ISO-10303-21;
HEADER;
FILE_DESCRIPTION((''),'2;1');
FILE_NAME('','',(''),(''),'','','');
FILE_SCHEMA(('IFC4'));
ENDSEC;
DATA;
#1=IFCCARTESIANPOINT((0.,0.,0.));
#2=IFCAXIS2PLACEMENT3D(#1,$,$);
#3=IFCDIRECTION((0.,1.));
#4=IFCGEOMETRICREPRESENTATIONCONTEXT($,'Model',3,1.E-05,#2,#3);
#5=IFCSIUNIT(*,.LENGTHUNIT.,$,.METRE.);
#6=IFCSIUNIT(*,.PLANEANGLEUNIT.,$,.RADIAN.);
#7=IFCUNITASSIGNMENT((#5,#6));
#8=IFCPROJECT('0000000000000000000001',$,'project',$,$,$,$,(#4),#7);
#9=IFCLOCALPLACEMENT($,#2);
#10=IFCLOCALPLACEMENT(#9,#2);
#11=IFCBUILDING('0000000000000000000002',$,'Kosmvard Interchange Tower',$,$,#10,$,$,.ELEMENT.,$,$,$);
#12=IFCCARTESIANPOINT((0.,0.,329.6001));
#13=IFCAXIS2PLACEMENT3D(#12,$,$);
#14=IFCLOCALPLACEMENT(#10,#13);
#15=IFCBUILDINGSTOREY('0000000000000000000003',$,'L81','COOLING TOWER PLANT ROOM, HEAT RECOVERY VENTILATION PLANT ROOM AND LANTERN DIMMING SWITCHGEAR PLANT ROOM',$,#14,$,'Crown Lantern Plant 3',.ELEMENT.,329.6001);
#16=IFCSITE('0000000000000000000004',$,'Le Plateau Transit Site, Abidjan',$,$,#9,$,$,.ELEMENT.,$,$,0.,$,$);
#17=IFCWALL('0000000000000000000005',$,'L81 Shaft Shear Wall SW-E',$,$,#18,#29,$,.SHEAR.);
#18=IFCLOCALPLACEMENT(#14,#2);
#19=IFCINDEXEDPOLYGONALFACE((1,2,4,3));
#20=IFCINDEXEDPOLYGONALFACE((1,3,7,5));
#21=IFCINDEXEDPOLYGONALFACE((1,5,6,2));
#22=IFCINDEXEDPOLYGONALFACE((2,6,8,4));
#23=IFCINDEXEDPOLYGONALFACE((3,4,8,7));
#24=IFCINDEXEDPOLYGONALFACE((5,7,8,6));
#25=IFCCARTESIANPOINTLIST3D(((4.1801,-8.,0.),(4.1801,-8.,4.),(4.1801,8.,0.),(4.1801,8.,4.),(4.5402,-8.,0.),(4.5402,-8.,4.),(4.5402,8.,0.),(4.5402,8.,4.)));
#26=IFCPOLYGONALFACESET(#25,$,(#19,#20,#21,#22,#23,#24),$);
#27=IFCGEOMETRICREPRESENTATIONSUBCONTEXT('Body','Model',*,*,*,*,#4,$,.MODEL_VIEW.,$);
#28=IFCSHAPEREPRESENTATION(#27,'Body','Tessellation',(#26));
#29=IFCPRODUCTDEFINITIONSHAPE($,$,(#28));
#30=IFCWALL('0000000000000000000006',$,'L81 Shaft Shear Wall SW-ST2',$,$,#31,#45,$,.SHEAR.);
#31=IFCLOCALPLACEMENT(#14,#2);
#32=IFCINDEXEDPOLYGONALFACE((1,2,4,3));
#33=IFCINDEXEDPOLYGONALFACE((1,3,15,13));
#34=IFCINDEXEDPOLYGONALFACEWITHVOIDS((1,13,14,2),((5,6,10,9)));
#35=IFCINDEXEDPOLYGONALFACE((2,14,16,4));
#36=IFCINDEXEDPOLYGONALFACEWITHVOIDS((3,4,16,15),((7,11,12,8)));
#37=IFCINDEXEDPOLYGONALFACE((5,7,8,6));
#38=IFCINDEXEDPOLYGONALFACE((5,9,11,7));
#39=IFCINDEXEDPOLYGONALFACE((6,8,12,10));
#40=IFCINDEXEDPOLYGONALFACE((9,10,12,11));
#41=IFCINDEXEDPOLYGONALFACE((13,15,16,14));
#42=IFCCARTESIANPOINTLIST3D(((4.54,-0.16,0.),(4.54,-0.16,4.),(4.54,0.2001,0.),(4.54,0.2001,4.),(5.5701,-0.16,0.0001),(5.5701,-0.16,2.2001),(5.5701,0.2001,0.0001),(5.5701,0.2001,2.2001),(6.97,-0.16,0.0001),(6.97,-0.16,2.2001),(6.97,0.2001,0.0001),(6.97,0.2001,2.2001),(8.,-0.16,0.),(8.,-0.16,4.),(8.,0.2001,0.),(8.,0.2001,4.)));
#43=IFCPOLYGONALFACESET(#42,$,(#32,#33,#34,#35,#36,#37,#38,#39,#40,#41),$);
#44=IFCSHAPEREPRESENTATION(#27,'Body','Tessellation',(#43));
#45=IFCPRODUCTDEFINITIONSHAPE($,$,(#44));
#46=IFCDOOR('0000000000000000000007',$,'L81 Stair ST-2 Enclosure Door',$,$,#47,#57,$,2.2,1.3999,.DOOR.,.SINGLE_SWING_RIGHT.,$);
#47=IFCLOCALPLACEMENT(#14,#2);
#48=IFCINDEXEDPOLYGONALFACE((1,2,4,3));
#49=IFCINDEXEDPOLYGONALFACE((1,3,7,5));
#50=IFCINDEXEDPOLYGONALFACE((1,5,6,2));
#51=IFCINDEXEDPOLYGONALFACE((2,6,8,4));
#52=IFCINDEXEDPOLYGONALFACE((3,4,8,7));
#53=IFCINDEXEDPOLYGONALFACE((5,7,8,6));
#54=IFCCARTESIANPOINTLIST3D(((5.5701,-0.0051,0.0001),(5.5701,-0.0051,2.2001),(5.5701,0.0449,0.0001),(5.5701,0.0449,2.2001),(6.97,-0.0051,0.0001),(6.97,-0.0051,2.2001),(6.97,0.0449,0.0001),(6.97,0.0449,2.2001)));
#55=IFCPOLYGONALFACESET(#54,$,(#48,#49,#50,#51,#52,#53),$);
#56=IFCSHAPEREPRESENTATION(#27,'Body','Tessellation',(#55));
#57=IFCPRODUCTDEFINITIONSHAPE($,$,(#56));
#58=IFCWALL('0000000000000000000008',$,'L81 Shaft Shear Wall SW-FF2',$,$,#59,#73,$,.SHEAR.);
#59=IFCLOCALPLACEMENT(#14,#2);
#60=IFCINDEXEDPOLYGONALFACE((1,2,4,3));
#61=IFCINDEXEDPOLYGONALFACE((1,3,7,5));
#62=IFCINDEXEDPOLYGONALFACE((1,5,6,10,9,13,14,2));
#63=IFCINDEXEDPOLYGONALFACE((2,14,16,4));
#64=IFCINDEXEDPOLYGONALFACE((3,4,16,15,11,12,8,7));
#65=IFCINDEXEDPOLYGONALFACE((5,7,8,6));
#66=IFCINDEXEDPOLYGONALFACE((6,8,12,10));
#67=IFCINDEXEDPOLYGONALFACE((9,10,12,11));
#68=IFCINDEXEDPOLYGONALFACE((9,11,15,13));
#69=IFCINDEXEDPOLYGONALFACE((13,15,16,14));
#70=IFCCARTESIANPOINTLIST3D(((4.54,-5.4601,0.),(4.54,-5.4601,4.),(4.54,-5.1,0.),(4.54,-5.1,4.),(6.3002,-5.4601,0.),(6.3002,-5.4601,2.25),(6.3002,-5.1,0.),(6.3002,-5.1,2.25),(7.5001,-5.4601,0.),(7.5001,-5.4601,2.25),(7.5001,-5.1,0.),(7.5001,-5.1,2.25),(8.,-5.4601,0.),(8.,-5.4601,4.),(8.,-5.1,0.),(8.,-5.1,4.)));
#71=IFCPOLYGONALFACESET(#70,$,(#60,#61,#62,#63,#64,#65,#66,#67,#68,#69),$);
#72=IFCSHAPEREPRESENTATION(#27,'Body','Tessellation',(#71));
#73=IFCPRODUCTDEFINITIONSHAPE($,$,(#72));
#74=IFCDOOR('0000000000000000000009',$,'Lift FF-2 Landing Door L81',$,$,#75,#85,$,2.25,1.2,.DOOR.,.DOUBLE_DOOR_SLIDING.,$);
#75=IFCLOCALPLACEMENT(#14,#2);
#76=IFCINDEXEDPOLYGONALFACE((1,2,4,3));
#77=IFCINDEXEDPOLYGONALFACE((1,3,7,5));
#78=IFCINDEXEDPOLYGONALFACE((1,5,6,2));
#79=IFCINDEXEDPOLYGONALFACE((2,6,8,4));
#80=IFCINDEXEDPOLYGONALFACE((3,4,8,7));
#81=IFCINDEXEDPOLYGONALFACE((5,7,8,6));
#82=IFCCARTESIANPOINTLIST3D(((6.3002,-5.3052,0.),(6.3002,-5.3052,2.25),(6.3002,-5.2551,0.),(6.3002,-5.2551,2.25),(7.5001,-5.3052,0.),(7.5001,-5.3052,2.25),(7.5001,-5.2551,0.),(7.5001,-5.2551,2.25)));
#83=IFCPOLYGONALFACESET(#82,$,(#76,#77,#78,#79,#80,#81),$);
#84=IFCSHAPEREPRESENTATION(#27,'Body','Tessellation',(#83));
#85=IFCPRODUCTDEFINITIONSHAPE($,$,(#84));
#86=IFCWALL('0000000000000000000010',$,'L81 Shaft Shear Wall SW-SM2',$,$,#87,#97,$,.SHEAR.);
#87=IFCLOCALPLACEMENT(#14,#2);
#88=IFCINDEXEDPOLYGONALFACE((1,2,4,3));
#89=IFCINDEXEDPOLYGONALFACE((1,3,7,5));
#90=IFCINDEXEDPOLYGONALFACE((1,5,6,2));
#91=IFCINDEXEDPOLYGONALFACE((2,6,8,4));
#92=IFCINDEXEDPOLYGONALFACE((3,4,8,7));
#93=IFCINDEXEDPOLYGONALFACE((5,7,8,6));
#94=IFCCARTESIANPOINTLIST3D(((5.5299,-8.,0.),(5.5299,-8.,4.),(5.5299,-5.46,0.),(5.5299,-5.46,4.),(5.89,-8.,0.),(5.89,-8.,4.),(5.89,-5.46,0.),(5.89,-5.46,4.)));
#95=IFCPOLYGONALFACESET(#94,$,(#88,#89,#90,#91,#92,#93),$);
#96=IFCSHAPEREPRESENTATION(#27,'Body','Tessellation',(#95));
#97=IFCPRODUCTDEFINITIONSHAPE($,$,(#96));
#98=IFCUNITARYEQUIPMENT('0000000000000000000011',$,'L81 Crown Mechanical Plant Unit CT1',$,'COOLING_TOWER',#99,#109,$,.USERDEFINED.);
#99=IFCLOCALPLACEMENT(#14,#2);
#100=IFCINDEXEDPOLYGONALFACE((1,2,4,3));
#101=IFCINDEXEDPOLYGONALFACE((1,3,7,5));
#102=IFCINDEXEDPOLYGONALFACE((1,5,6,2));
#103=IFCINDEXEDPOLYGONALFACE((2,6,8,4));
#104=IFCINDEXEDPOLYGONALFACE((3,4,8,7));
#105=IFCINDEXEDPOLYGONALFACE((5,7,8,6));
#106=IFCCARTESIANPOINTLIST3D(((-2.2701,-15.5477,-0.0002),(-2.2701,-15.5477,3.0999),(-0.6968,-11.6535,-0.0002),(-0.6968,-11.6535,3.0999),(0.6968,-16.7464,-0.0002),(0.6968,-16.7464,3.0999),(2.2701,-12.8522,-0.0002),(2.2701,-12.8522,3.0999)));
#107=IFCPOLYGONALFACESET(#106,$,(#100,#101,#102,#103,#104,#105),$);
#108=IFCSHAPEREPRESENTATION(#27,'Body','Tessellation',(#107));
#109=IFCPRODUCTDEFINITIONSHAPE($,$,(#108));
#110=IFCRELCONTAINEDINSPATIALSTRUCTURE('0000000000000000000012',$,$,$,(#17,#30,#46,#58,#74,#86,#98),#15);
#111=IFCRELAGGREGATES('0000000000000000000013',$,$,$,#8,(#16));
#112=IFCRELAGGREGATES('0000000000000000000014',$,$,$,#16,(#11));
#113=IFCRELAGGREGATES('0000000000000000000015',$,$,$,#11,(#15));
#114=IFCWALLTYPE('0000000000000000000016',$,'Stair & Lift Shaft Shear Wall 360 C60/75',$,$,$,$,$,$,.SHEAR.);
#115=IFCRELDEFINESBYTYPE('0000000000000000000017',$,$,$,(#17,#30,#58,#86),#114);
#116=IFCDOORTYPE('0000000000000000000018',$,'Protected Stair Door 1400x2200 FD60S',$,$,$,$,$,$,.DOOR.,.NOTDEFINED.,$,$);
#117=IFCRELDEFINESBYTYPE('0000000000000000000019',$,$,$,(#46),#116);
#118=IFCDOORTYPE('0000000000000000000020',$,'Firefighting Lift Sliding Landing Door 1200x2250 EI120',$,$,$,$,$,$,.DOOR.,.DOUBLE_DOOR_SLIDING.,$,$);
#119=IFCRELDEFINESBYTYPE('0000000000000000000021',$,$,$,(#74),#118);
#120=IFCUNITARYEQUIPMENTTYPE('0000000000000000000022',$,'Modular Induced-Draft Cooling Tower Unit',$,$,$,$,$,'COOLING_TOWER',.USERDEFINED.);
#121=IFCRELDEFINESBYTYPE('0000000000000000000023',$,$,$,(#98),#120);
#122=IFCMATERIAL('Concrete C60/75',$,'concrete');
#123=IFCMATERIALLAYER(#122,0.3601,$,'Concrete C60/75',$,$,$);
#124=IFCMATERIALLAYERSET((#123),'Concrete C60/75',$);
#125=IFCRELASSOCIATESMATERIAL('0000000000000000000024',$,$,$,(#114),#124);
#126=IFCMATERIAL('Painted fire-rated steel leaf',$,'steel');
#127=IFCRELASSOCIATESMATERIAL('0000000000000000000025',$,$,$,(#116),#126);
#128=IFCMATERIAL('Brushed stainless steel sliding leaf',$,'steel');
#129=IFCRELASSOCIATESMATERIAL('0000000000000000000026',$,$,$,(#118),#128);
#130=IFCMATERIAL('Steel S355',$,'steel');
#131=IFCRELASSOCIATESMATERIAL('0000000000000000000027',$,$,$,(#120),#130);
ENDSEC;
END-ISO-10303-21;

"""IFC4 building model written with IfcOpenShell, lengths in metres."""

from ifc_helpers import new_model, si_unit, direction, frame, frame_2d, origin, origin_2d, place, context, subcontext, project, spatial, rectangle, extrude, source, transform, mapped, material, layer, layer_set, type_object, element, fill, save


model = new_model("IFC4")

# Units and contexts
model_context = context("Model", 3, precision=1e-05, world=origin(), true_north=direction((0.0, 1.0)))
body_context = subcontext(model_context, "Body", "Model", "MODEL_VIEW")
ifc_project = project(units=[si_unit("LENGTHUNIT", "METRE"), si_unit("PLANEANGLEUNIT", "RADIAN")], contexts=[model_context])

# Site, building, storey
site_placement = place(None, origin())
site = spatial("IfcSite", under=ifc_project, at=site_placement, Name="Le Plateau Transit Site, Abidjan", CompositionType="ELEMENT", RefElevation=0.0)
building_placement = place(site_placement, origin())
building = spatial("IfcBuilding", under=site, at=building_placement, Name="Kosmvard Interchange Tower", CompositionType="ELEMENT")
storey_placement = place(building_placement, frame((0.0, 0.0, 329.6001)))
storey = spatial("IfcBuildingStorey", under=building, at=storey_placement, Name="L81", Description="COOLING TOWER PLANT ROOM, HEAT RECOVERY VENTILATION PLANT ROOM AND LANTERN DIMMING SWITCHGEAR PLANT ROOM", LongName="Crown Lantern Plant 3", CompositionType="ELEMENT", Elevation=329.6001)

# Shared definitions
ifc_material_1 = material(Name="Steel S355", Category="steel")

# Shared definitions
ifc_material_2 = material(Name="Painted fire-rated steel leaf", Category="steel")

# Wall
ifc_material_3 = material(Name="Concrete C60/75", Category="concrete")
ifc_layer_1 = layer(ifc_material_3, 0.3601, Name="Concrete C60/75")
ifc_layer_set_1 = layer_set([ifc_layer_1], Name="Concrete C60/75")
wall_type_1 = type_object("IfcWallType", Name="Stair & Lift Shaft Shear Wall 360 C60/75", PredefinedType="SHEAR", material=ifc_layer_set_1)
wall_1_placement = place(storey_placement, frame((4.3601, -8.0, 0.0), z_axis=(0.0, 0.0, 1.0), x_axis=(0.0, 1.0, 0.0)))
element("IfcWall", 1, at=wall_1_placement, inside=storey, type_object=wall_type_1, Name="L81 Shaft Shear Wall SW-E", PredefinedType="SHEAR", context=body_context, shape_type="SweptSolid", body=[
    extrude(rectangle(XDim=16.0, YDim=0.3601, at=frame_2d((8.0, 0.0))), origin(), (0.0, 0.0, 1.0), 4.0),
])

# Walls, openings, doors
wall_2_placement = place(storey_placement, frame((4.54, 0.02, 0.0), z_axis=(0.0, 0.0, 1.0), x_axis=(1.0, 0.0, 0.0)))
wall_2 = element("IfcWall", 2, at=wall_2_placement, inside=storey, type_object=wall_type_1, Name="L81 Shaft Shear Wall SW-ST2", PredefinedType="SHEAR", context=body_context, shape_type="SweptSolid", body=[
    extrude(rectangle(XDim=3.46, YDim=0.3601, at=frame_2d((1.73, 0.0))), origin(), (0.0, 0.0, 1.0), 4.0),
])
opening_1_placement = place(wall_2_placement, frame((1.03, 0.0, 0.0)))
opening_1 = element("IfcOpeningElement", 3, at=opening_1_placement, cuts=wall_2, PredefinedType="OPENING", context=body_context, shape_type="SweptSolid", body=[
    extrude(rectangle(XDim=1.3999, YDim=2.2, at=frame_2d((0.7, 1.1001))), frame((0.0, 0.1899, 0.0), z_axis=(0.0, -1.0, 0.0), x_axis=(1.0, 0.0, 0.0)), (0.0, 0.0, 1.0), 0.3801),
])
door_type_1 = type_object("IfcDoorType", Name="Protected Stair Door 1400x2200 FD60S", OperationType="NOTDEFINED", PredefinedType="DOOR", material=ifc_material_2)
shared_shape_1 = source(origin(), body_context, "Body", "SweptSolid", [
    extrude(rectangle(XDim=1.3999, YDim=2.2, at=frame_2d((0.7, 1.1001))), frame((0.0, 0.0249, 0.0), z_axis=(0.0, -1.0, 0.0), x_axis=(1.0, 0.0, 0.0)), (0.0, 0.0, 1.0), 0.05),
])
door_1_placement = place(opening_1_placement, origin())
door_1 = element("IfcDoor", 4, at=door_1_placement, inside=storey, type_object=door_type_1, Name="L81 Stair ST-2 Enclosure Door", OperationType="SINGLE_SWING_RIGHT", OverallHeight=2.2, OverallWidth=1.3999, PredefinedType="DOOR", context=body_context, shape_type="MappedRepresentation", body=[
    mapped(shared_shape_1, transform((0.0, 0.0, 0.0), scale=1.0)),
])
fill(opening_1, door_1)
wall_3_placement = place(storey_placement, frame((4.54, -5.28, 0.0), z_axis=(0.0, 0.0, 1.0), x_axis=(1.0, 0.0, 0.0)))
wall_3 = element("IfcWall", 5, at=wall_3_placement, inside=storey, type_object=wall_type_1, Name="L81 Shaft Shear Wall SW-FF2", PredefinedType="SHEAR", context=body_context, shape_type="SweptSolid", body=[
    extrude(rectangle(XDim=3.46, YDim=0.3601, at=frame_2d((1.73, 0.0))), origin(), (0.0, 0.0, 1.0), 4.0),
])
opening_2_placement = place(wall_3_placement, frame((1.76, 0.0, 0.0)))
opening_2 = element("IfcOpeningElement", 6, at=opening_2_placement, cuts=wall_3, PredefinedType="OPENING", context=body_context, shape_type="SweptSolid", body=[
    extrude(rectangle(XDim=1.2, YDim=2.25, at=frame_2d((0.6001, 1.125))), frame((0.0, 0.1899, 0.0), z_axis=(0.0, -1.0, 0.0), x_axis=(1.0, 0.0, 0.0)), (0.0, 0.0, 1.0), 0.3801),
])
ifc_material_4 = material(Name="Brushed stainless steel sliding leaf", Category="steel")
door_type_2 = type_object("IfcDoorType", Name="Firefighting Lift Sliding Landing Door 1200x2250 EI120", OperationType="DOUBLE_DOOR_SLIDING", PredefinedType="DOOR", material=ifc_material_4)
shared_shape_2 = source(origin(), body_context, "Body", "SweptSolid", [
    extrude(rectangle(XDim=1.2, YDim=2.25, at=frame_2d((0.6001, 1.125))), frame((0.0, 0.0249, 0.0), z_axis=(0.0, -1.0, 0.0), x_axis=(1.0, 0.0, 0.0)), (0.0, 0.0, 1.0), 0.05),
])
door_2_placement = place(opening_2_placement, origin())
door_2 = element("IfcDoor", 7, at=door_2_placement, inside=storey, type_object=door_type_2, Name="Lift FF-2 Landing Door L81", OperationType="DOUBLE_DOOR_SLIDING", OverallHeight=2.25, OverallWidth=1.2, PredefinedType="DOOR", context=body_context, shape_type="MappedRepresentation", body=[
    mapped(shared_shape_2, transform((0.0, 0.0, 0.0), scale=1.0)),
])
fill(opening_2, door_2)

# Wall
wall_4_placement = place(storey_placement, frame((5.71, -8.0, 0.0), z_axis=(0.0, 0.0, 1.0), x_axis=(0.0, 1.0, 0.0)))
element("IfcWall", 8, at=wall_4_placement, inside=storey, type_object=wall_type_1, Name="L81 Shaft Shear Wall SW-SM2", PredefinedType="SHEAR", context=body_context, shape_type="SweptSolid", body=[
    extrude(rectangle(XDim=2.54, YDim=0.3601, at=frame_2d((1.27, 0.0))), origin(), (0.0, 0.0, 1.0), 4.0),
])

# Unitary equipment
unitary_equipment_type = type_object("IfcUnitaryEquipmentType", Name="Modular Induced-Draft Cooling Tower Unit", ElementType="COOLING_TOWER", PredefinedType="USERDEFINED", material=ifc_material_1)
shared_shape_3 = source(origin(), body_context, "Body", "SweptSolid", [
    extrude(rectangle(XDim=4.2, YDim=3.2, at=origin_2d()), origin(), (0.0, 0.0, 1.0), 3.1001),
])
unitary_equipment_placement = place(storey_placement, frame((0.0, -14.2, -0.0002), z_axis=(0.0, 0.0, 1.0), x_axis=(0.374607, 0.927184, 0.0)))
element("IfcUnitaryEquipment", 9, at=unitary_equipment_placement, inside=storey, type_object=unitary_equipment_type, Name="L81 Crown Mechanical Plant Unit CT1", ObjectType="COOLING_TOWER", PredefinedType="USERDEFINED", context=body_context, shape_type="MappedRepresentation", body=[
    mapped(shared_shape_3, transform((0.0, 0.0, 0.0), scale=1.0)),
])

save(model, "model.ifc")
